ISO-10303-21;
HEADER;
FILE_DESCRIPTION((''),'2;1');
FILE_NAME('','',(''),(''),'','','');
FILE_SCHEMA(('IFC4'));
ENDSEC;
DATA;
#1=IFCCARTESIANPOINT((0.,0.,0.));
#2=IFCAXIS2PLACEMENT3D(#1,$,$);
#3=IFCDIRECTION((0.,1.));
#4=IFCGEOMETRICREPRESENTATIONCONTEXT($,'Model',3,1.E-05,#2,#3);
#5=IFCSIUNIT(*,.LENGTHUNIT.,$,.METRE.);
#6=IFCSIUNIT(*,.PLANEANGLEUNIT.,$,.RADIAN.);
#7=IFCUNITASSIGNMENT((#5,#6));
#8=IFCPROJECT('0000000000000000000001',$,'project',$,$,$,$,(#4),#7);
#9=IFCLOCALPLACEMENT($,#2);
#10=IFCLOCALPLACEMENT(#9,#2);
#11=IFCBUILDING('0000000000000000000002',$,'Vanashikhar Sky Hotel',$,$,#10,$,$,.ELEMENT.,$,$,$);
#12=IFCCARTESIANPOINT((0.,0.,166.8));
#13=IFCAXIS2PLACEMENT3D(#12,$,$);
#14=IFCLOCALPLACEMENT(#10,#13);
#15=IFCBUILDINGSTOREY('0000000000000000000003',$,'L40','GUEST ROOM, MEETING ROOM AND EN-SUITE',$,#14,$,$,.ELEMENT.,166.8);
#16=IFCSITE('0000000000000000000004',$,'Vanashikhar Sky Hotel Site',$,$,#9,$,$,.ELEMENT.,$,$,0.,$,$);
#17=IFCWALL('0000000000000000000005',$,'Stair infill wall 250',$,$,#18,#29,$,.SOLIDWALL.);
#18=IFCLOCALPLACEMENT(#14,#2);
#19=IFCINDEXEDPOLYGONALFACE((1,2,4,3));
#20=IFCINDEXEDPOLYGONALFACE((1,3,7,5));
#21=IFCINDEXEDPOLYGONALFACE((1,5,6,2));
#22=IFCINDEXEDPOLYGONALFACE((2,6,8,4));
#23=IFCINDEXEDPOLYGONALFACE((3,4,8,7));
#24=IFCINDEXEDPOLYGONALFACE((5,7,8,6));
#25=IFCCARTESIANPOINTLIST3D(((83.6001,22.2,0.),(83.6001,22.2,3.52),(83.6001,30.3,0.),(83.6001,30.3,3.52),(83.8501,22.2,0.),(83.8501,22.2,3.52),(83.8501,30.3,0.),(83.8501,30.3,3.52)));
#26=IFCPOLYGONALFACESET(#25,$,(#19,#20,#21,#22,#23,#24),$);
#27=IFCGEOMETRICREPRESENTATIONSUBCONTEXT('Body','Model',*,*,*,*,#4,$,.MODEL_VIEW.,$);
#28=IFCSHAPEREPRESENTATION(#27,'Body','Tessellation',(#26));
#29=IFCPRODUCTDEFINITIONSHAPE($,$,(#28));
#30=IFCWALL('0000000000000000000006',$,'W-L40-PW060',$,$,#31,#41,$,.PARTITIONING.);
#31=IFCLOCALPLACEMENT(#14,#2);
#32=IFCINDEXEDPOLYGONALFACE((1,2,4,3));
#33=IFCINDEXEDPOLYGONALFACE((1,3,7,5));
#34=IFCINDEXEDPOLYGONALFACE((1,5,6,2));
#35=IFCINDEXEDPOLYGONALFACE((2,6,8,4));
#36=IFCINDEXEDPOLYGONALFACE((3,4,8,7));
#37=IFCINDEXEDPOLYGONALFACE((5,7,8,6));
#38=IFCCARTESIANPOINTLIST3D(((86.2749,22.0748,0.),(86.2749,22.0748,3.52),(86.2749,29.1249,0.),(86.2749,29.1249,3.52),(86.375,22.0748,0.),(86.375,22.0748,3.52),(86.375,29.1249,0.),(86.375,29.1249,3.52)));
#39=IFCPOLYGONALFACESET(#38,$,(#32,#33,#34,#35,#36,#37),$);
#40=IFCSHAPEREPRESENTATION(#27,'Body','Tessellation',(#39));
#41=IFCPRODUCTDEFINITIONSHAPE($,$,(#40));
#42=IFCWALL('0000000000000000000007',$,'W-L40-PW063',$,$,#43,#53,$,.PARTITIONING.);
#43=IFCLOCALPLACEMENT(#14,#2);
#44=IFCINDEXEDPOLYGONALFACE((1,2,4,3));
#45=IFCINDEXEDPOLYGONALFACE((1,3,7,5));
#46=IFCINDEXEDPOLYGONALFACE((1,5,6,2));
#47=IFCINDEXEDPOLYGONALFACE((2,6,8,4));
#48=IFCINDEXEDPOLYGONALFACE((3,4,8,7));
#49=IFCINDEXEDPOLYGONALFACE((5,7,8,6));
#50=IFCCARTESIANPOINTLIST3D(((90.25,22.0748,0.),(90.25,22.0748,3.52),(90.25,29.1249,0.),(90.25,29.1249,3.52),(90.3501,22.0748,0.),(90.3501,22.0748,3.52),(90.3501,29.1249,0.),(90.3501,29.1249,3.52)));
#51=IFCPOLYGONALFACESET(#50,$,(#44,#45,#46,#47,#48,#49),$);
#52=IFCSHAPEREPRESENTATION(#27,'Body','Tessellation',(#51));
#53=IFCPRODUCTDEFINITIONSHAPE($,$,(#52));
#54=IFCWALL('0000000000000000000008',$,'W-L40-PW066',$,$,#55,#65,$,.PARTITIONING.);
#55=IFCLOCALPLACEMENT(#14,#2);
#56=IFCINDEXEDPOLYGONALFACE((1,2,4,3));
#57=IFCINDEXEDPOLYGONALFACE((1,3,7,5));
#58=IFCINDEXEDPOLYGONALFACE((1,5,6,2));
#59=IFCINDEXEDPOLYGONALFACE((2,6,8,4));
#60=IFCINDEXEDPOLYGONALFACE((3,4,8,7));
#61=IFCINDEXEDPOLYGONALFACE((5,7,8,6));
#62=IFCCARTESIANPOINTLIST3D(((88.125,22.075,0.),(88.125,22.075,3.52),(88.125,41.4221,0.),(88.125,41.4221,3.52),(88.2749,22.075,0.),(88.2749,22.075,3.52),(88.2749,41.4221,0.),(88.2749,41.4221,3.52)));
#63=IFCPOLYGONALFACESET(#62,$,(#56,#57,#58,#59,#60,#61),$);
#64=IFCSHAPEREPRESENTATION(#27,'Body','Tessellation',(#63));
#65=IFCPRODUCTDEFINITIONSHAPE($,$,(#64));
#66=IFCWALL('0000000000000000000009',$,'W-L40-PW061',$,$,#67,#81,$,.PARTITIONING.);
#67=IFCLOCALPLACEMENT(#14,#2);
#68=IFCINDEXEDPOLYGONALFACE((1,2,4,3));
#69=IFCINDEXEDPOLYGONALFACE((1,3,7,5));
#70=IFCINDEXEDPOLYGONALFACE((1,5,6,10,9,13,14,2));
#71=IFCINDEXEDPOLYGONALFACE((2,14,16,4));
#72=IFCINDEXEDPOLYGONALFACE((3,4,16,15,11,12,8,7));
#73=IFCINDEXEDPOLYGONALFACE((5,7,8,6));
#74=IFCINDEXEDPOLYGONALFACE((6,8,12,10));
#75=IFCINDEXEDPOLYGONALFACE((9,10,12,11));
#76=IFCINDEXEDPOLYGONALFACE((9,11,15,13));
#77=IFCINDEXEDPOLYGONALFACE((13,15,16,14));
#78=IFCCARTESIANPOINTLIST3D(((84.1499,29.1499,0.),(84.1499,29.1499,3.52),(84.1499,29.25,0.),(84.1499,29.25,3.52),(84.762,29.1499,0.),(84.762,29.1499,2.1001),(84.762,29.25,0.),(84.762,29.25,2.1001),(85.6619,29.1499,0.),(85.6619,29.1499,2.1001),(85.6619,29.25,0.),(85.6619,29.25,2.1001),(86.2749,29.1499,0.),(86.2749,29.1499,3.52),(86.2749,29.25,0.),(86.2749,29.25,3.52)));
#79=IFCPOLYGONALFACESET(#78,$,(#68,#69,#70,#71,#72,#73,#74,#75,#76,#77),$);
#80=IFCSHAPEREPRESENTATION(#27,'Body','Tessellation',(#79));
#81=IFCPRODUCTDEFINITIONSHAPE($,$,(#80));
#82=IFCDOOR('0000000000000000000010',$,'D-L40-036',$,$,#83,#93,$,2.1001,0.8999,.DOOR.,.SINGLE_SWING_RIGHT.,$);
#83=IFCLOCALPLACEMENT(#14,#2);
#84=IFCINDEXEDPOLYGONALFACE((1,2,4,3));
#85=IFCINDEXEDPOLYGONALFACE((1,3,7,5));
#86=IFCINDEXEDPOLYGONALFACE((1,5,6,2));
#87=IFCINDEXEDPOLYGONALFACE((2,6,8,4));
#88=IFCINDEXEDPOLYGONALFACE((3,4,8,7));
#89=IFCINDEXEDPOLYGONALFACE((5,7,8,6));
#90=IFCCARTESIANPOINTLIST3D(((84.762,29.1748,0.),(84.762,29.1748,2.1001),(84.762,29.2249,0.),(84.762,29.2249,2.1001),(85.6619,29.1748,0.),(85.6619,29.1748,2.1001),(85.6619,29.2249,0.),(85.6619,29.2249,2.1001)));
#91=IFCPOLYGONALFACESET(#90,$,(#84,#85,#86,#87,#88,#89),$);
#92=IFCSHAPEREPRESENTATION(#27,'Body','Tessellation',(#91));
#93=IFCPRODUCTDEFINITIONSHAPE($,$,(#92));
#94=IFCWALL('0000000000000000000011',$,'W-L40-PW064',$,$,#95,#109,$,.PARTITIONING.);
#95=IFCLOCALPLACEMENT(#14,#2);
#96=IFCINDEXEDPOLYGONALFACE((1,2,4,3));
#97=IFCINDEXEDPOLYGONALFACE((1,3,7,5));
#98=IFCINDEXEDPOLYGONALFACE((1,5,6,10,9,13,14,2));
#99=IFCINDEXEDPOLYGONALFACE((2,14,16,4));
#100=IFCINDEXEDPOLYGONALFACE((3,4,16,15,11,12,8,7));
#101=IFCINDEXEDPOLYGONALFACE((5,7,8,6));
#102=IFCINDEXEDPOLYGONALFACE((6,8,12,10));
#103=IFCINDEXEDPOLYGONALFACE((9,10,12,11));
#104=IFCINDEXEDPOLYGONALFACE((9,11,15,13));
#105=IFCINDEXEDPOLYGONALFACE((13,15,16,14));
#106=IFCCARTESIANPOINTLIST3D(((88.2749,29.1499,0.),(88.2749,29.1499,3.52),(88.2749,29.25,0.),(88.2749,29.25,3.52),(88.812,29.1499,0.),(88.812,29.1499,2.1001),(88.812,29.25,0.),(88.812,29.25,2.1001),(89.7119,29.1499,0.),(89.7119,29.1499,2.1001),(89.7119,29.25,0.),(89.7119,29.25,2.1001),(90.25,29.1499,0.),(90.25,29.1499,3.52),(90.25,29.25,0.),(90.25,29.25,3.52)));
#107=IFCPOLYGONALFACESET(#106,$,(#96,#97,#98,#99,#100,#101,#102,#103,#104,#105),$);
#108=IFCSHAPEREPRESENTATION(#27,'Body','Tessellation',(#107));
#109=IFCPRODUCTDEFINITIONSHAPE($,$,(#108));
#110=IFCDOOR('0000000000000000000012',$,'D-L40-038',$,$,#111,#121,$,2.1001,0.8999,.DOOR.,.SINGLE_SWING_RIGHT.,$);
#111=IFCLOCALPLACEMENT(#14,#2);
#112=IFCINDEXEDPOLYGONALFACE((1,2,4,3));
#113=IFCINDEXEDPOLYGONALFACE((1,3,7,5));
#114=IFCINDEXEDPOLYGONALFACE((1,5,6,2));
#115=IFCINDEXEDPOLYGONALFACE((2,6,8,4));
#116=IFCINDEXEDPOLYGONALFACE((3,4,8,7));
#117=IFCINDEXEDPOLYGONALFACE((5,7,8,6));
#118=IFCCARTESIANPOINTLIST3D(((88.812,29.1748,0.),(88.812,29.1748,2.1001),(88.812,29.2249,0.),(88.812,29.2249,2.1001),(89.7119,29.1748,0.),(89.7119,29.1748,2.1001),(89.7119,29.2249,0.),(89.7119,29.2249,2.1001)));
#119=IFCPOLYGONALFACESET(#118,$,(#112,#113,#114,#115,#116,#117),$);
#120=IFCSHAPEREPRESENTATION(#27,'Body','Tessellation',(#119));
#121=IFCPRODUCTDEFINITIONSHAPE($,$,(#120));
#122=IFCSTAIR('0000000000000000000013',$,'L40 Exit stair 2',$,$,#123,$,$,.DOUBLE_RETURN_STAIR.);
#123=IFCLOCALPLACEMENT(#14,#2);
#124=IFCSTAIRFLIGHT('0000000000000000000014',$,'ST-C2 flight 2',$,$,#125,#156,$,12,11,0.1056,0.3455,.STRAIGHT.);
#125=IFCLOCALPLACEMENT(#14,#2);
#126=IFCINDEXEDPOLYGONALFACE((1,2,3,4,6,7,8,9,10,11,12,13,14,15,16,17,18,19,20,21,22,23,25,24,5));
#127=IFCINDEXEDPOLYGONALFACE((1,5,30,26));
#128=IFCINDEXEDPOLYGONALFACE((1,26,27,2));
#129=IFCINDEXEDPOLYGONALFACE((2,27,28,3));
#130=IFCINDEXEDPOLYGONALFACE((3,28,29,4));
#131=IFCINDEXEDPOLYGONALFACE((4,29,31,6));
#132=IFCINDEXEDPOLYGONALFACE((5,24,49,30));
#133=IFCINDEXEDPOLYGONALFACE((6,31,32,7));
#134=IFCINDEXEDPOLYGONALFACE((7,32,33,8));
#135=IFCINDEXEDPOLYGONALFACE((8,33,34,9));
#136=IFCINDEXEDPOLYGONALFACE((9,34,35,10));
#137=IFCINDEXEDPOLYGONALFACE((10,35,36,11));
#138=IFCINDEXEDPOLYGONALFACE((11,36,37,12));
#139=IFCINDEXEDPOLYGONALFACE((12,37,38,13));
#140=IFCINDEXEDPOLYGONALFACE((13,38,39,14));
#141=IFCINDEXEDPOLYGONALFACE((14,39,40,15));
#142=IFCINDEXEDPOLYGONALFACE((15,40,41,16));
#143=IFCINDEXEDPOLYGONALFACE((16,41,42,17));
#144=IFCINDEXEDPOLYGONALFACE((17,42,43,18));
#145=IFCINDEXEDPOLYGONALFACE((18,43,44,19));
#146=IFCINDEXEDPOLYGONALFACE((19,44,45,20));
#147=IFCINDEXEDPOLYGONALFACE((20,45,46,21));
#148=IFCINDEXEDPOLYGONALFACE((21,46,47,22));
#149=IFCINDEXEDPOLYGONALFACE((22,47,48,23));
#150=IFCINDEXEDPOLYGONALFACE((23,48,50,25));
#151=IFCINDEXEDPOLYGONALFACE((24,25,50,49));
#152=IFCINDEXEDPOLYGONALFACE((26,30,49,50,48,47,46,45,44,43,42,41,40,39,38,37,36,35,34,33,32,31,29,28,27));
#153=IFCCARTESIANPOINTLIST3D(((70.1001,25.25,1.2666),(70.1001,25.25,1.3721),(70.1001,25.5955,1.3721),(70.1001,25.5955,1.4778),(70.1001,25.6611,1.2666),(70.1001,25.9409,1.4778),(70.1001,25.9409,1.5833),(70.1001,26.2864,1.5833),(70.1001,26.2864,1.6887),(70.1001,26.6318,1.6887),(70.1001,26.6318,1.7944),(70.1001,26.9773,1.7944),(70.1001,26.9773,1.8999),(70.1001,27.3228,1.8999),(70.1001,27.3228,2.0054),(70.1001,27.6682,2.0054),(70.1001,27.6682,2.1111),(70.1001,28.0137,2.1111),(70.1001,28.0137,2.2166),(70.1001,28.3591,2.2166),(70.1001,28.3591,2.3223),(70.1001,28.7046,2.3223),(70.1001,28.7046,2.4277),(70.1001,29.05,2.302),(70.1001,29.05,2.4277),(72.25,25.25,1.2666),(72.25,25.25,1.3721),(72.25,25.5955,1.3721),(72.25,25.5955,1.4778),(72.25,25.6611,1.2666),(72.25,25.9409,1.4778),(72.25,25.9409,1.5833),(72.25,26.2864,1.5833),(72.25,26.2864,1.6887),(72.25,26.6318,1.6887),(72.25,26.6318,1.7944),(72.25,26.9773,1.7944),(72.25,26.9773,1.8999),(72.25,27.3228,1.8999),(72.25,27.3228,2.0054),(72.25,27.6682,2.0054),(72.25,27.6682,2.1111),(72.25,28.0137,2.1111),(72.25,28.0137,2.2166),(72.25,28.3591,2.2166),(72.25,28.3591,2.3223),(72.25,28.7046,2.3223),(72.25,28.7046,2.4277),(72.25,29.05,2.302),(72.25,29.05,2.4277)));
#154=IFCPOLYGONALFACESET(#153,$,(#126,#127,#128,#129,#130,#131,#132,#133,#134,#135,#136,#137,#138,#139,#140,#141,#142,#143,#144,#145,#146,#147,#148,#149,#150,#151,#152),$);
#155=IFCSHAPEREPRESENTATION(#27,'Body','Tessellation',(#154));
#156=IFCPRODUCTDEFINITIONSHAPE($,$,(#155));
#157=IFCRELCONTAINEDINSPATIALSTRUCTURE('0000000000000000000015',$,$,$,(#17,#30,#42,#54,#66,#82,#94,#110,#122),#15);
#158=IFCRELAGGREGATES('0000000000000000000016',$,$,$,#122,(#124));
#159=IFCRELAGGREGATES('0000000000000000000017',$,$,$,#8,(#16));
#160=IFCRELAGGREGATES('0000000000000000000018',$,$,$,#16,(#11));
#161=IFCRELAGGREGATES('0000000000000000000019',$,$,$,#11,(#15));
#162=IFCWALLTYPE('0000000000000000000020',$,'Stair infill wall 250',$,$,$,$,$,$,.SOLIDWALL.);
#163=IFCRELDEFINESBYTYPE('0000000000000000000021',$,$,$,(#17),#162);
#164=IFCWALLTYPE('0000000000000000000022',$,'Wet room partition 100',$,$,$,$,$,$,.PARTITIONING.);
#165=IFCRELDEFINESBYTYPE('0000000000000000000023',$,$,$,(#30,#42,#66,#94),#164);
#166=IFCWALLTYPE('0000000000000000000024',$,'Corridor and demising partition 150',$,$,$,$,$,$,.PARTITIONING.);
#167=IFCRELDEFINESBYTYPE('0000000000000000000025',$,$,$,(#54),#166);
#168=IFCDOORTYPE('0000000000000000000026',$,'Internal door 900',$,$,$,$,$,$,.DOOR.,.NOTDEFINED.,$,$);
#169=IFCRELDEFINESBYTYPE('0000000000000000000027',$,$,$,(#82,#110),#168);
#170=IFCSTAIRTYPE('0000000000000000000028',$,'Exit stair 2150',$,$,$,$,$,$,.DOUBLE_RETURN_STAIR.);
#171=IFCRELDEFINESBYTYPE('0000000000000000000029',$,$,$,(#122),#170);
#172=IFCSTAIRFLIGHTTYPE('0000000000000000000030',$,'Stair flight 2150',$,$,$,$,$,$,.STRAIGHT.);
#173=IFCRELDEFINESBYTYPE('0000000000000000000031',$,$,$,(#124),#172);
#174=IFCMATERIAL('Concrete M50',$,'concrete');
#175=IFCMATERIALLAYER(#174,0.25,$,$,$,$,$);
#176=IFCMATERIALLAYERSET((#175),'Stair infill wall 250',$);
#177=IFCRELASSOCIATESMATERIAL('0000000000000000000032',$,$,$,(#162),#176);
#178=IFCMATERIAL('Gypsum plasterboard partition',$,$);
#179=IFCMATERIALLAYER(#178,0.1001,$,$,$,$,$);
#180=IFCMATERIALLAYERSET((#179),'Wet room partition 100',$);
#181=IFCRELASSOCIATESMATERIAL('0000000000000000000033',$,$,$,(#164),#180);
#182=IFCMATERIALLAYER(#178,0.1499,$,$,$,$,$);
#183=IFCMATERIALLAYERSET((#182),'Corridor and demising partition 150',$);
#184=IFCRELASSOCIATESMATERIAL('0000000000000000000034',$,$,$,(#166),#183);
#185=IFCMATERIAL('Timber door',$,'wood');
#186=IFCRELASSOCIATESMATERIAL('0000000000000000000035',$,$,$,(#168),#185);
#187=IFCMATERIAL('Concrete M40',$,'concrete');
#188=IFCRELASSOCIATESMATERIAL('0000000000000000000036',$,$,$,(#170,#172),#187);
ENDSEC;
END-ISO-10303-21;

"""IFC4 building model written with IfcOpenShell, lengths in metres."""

from ifc_helpers import new_model, si_unit, direction, frame, frame_2d, origin, place, context, subcontext, project, spatial, polyline, rectangle, outline, extrude, source, transform, mapped, material, layer, layer_set, type_object, element, fill, aggregate, save


model = new_model("IFC4")

# Units and contexts
model_context = context("Model", 3, precision=1e-05, world=origin(), true_north=direction((0.0, 1.0)))
body_context = subcontext(model_context, "Body", "Model", "MODEL_VIEW")
ifc_project = project(units=[si_unit("LENGTHUNIT", "METRE"), si_unit("PLANEANGLEUNIT", "RADIAN")], contexts=[model_context])

# Site, building, storey
site_placement = place(None, origin())
site = spatial("IfcSite", under=ifc_project, at=site_placement, Name="Vanashikhar Sky Hotel Site", CompositionType="ELEMENT", RefElevation=0.0)
building_placement = place(site_placement, origin())
building = spatial("IfcBuilding", under=site, at=building_placement, Name="Vanashikhar Sky Hotel", CompositionType="ELEMENT")
storey_placement = place(building_placement, frame((0.0, 0.0, 166.8)))
storey = spatial("IfcBuildingStorey", under=building, at=storey_placement, Name="L40", Description="GUEST ROOM, MEETING ROOM AND EN-SUITE", CompositionType="ELEMENT", Elevation=166.8)

# Shared definitions
ifc_material_1 = material(Name="Concrete M50", Category="concrete")

# Walls
ifc_layer_1 = layer(ifc_material_1, 0.25)
ifc_layer_set_1 = layer_set([ifc_layer_1], Name="Stair infill wall 250")
wall_type_1 = type_object("IfcWallType", Name="Stair infill wall 250", PredefinedType="SOLIDWALL", material=ifc_layer_set_1)
shared_shape_1 = source(origin(), body_context, "Body", "SweptSolid", [
    extrude(rectangle(XDim=8.1001, YDim=0.25, at=frame_2d((4.05, 0.0))), origin(), (0.0, 0.0, 1.0), 3.52),
])
wall_1_placement = place(storey_placement, frame((83.7251, 22.2, 0.0), z_axis=(0.0, 0.0, 1.0), x_axis=(0.0, 1.0, 0.0)))
element("IfcWall", 1, at=wall_1_placement, inside=storey, type_object=wall_type_1, Name="Stair infill wall 250", PredefinedType="SOLIDWALL", context=body_context, shape_type="MappedRepresentation", body=[
    mapped(shared_shape_1, transform((0.0, 0.0, 0.0), scale=1.0)),
])
ifc_material_2 = material(Name="Gypsum plasterboard partition")
ifc_layer_2 = layer(ifc_material_2, 0.1001)
ifc_layer_set_2 = layer_set([ifc_layer_2], Name="Wet room partition 100")
wall_type_2 = type_object("IfcWallType", Name="Wet room partition 100", PredefinedType="PARTITIONING", material=ifc_layer_set_2)
shared_shape_2 = source(origin(), body_context, "Body", "SweptSolid", [
    extrude(rectangle(XDim=7.05, YDim=0.1001, at=frame_2d((3.5249, 0.0))), origin(), (0.0, 0.0, 1.0), 3.52),
])
for number, where, z_axis, x_axis, name in (
    (2, (86.325, 22.075, 0.0), (0.0, 0.0, 1.0), (0.0, 1.0, 0.0), "W-L40-PW060"),
    (3, (90.3, 22.075, 0.0), (0.0, 0.0, 1.0), (0.0, 1.0, 0.0), "W-L40-PW063"),
):
    element("IfcWall", number, at=place(storey_placement, frame(where, z_axis=z_axis, x_axis=x_axis)), inside=storey, type_object=wall_type_2, Name=name, PredefinedType="PARTITIONING", context=body_context, shape_type="MappedRepresentation", body=[
        mapped(shared_shape_2, transform((0.0, 0.0, 0.0), scale=1.0)),
    ])
ifc_layer_3 = layer(ifc_material_2, 0.1499)
ifc_layer_set_3 = layer_set([ifc_layer_3], Name="Corridor and demising partition 150")
wall_type_3 = type_object("IfcWallType", Name="Corridor and demising partition 150", PredefinedType="PARTITIONING", material=ifc_layer_set_3)
shared_shape_3 = source(origin(), body_context, "Body", "SweptSolid", [
    extrude(rectangle(XDim=19.3472, YDim=0.1499, at=frame_2d((9.6736, 0.0))), origin(), (0.0, 0.0, 1.0), 3.52),
])
wall_2_placement = place(storey_placement, frame((88.2, 22.075, 0.0), z_axis=(0.0, 0.0, 1.0), x_axis=(0.0, 1.0, 0.0)))
element("IfcWall", 4, at=wall_2_placement, inside=storey, type_object=wall_type_3, Name="W-L40-PW066", PredefinedType="PARTITIONING", context=body_context, shape_type="MappedRepresentation", body=[
    mapped(shared_shape_3, transform((0.0, 0.0, 0.0), scale=1.0)),
])

# Walls, openings, doors
shared_shape_4 = source(origin(), body_context, "Body", "SweptSolid", [
    extrude(rectangle(XDim=2.125, YDim=0.1001, at=frame_2d((1.0625, 0.0))), origin(), (0.0, 0.0, 1.0), 3.52),
])
wall_3_placement = place(storey_placement, frame((84.1499, 29.2, 0.0), z_axis=(0.0, 0.0, 1.0), x_axis=(1.0, 0.0, 0.0)))
wall_3 = element("IfcWall", 5, at=wall_3_placement, inside=storey, type_object=wall_type_2, Name="W-L40-PW061", PredefinedType="PARTITIONING", context=body_context, shape_type="MappedRepresentation", body=[
    mapped(shared_shape_4, transform((0.0, 0.0, 0.0), scale=1.0)),
])
shared_shape_5 = source(origin(), body_context, "Body", "SweptSolid", [
    extrude(rectangle(XDim=0.8999, YDim=2.1001, at=frame_2d((0.45, 1.05))), frame((0.0, 0.0601, 0.0), z_axis=(0.0, -1.0, 0.0), x_axis=(1.0, 0.0, 0.0)), (0.0, 0.0, 1.0), 0.1201),
])
opening_1_placement = place(wall_3_placement, frame((0.6121, 0.0, 0.0)))
opening_1 = element("IfcOpeningElement", 6, at=opening_1_placement, cuts=wall_3, PredefinedType="OPENING", context=body_context, shape_type="MappedRepresentation", body=[
    mapped(shared_shape_5, transform((0.0, 0.0, 0.0), scale=1.0)),
])
ifc_material_3 = material(Name="Timber door", Category="wood")
door_type_1 = type_object("IfcDoorType", Name="Internal door 900", OperationType="NOTDEFINED", PredefinedType="DOOR", material=ifc_material_3)
shared_shape_6 = source(origin(), body_context, "Body", "SweptSolid", [
    extrude(rectangle(XDim=0.8999, YDim=2.1001, at=frame_2d((0.45, 1.05))), frame((0.0, 0.0249, 0.0), z_axis=(0.0, -1.0, 0.0), x_axis=(1.0, 0.0, 0.0)), (0.0, 0.0, 1.0), 0.05),
])
door_1_placement = place(opening_1_placement, origin())
door_1 = element("IfcDoor", 7, at=door_1_placement, inside=storey, type_object=door_type_1, Name="D-L40-036", OperationType="SINGLE_SWING_RIGHT", OverallHeight=2.1001, OverallWidth=0.8999, PredefinedType="DOOR", context=body_context, shape_type="MappedRepresentation", body=[
    mapped(shared_shape_6, transform((0.0, 0.0, 0.0), scale=1.0)),
])
fill(opening_1, door_1)
shared_shape_7 = source(origin(), body_context, "Body", "SweptSolid", [
    extrude(rectangle(XDim=1.9751, YDim=0.1001, at=frame_2d((0.9875, 0.0))), origin(), (0.0, 0.0, 1.0), 3.52),
])
wall_4_placement = place(storey_placement, frame((88.2749, 29.2, 0.0), z_axis=(0.0, 0.0, 1.0), x_axis=(1.0, 0.0, 0.0)))
wall_4 = element("IfcWall", 8, at=wall_4_placement, inside=storey, type_object=wall_type_2, Name="W-L40-PW064", PredefinedType="PARTITIONING", context=body_context, shape_type="MappedRepresentation", body=[
    mapped(shared_shape_7, transform((0.0, 0.0, 0.0), scale=1.0)),
])
opening_2_placement = place(wall_4_placement, frame((0.5371, 0.0, 0.0)))
opening_2 = element("IfcOpeningElement", 9, at=opening_2_placement, cuts=wall_4, PredefinedType="OPENING", context=body_context, shape_type="MappedRepresentation", body=[
    mapped(shared_shape_5, transform((0.0, 0.0, 0.0), scale=1.0)),
])
door_2_placement = place(opening_2_placement, origin())
door_2 = element("IfcDoor", 10, at=door_2_placement, inside=storey, type_object=door_type_1, Name="D-L40-038", OperationType="SINGLE_SWING_RIGHT", OverallHeight=2.1001, OverallWidth=0.8999, PredefinedType="DOOR", context=body_context, shape_type="MappedRepresentation", body=[
    mapped(shared_shape_6, transform((0.0, 0.0, 0.0), scale=1.0)),
])
fill(opening_2, door_2)

# Stair, stair flight
ifc_material_4 = material(Name="Concrete M40", Category="concrete")
stair_type = type_object("IfcStairType", Name="Exit stair 2150", PredefinedType="DOUBLE_RETURN_STAIR", material=ifc_material_4)
stair_1_placement = place(storey_placement, origin())
stair_1 = element("IfcStair", 11, at=stair_1_placement, inside=storey, type_object=stair_type, Name="L40 Exit stair 2", PredefinedType="DOUBLE_RETURN_STAIR")
stair_flight_type = type_object("IfcStairFlightType", Name="Stair flight 2150", PredefinedType="STRAIGHT", material=ifc_material_4)
shared_shape_8 = source(origin(), body_context, "Body", "SweptSolid", [
    extrude(outline(polyline([(0.0, 0.0), (0.0, 0.1055), (0.3455, 0.1055), (0.3455, 0.2112), (0.6909, 0.2112), (0.6909, 0.3167), (1.0364, 0.3167), (1.0364, 0.4221), (1.3818, 0.4221), (1.3818, 0.5278), (1.7273, 0.5278), (1.7273, 0.6333), (2.0728, 0.6333), (2.0728, 0.7388), (2.4182, 0.7388), (2.4182, 0.8445), (2.7637, 0.8445), (2.7637, 0.95), (3.1091, 0.95), (3.1091, 1.0557), (3.4546, 1.0557), (3.4546, 1.1611), (3.8, 1.1611), (3.8, 1.2666), (3.8, 1.0354), (0.4111, 0.0), (0.0, 0.0)])), frame((0.0, 1.075, 0.0), z_axis=(0.0, -1.0, 0.0), x_axis=(1.0, 0.0, 0.0)), (0.0, 0.0, 1.0), 2.1499),
])
stair_flight_1_placement = place(storey_placement, frame((71.175, 25.25, 1.2666), z_axis=(0.0, 0.0, 1.0), x_axis=(0.0, 1.0, 0.0)))
stair_flight_1 = element("IfcStairFlight", 12, at=stair_flight_1_placement, type_object=stair_flight_type, Name="ST-C2 flight 2", NumberOfRisers=12, NumberOfTreads=11, PredefinedType="STRAIGHT", RiserHeight=0.1056, TreadLength=0.3455, context=body_context, shape_type="MappedRepresentation", body=[
    mapped(shared_shape_8, transform((0.0, 0.0, 0.0), scale=1.0)),
])
aggregate(stair_1, [stair_flight_1])

save(model, "model.ifc")
